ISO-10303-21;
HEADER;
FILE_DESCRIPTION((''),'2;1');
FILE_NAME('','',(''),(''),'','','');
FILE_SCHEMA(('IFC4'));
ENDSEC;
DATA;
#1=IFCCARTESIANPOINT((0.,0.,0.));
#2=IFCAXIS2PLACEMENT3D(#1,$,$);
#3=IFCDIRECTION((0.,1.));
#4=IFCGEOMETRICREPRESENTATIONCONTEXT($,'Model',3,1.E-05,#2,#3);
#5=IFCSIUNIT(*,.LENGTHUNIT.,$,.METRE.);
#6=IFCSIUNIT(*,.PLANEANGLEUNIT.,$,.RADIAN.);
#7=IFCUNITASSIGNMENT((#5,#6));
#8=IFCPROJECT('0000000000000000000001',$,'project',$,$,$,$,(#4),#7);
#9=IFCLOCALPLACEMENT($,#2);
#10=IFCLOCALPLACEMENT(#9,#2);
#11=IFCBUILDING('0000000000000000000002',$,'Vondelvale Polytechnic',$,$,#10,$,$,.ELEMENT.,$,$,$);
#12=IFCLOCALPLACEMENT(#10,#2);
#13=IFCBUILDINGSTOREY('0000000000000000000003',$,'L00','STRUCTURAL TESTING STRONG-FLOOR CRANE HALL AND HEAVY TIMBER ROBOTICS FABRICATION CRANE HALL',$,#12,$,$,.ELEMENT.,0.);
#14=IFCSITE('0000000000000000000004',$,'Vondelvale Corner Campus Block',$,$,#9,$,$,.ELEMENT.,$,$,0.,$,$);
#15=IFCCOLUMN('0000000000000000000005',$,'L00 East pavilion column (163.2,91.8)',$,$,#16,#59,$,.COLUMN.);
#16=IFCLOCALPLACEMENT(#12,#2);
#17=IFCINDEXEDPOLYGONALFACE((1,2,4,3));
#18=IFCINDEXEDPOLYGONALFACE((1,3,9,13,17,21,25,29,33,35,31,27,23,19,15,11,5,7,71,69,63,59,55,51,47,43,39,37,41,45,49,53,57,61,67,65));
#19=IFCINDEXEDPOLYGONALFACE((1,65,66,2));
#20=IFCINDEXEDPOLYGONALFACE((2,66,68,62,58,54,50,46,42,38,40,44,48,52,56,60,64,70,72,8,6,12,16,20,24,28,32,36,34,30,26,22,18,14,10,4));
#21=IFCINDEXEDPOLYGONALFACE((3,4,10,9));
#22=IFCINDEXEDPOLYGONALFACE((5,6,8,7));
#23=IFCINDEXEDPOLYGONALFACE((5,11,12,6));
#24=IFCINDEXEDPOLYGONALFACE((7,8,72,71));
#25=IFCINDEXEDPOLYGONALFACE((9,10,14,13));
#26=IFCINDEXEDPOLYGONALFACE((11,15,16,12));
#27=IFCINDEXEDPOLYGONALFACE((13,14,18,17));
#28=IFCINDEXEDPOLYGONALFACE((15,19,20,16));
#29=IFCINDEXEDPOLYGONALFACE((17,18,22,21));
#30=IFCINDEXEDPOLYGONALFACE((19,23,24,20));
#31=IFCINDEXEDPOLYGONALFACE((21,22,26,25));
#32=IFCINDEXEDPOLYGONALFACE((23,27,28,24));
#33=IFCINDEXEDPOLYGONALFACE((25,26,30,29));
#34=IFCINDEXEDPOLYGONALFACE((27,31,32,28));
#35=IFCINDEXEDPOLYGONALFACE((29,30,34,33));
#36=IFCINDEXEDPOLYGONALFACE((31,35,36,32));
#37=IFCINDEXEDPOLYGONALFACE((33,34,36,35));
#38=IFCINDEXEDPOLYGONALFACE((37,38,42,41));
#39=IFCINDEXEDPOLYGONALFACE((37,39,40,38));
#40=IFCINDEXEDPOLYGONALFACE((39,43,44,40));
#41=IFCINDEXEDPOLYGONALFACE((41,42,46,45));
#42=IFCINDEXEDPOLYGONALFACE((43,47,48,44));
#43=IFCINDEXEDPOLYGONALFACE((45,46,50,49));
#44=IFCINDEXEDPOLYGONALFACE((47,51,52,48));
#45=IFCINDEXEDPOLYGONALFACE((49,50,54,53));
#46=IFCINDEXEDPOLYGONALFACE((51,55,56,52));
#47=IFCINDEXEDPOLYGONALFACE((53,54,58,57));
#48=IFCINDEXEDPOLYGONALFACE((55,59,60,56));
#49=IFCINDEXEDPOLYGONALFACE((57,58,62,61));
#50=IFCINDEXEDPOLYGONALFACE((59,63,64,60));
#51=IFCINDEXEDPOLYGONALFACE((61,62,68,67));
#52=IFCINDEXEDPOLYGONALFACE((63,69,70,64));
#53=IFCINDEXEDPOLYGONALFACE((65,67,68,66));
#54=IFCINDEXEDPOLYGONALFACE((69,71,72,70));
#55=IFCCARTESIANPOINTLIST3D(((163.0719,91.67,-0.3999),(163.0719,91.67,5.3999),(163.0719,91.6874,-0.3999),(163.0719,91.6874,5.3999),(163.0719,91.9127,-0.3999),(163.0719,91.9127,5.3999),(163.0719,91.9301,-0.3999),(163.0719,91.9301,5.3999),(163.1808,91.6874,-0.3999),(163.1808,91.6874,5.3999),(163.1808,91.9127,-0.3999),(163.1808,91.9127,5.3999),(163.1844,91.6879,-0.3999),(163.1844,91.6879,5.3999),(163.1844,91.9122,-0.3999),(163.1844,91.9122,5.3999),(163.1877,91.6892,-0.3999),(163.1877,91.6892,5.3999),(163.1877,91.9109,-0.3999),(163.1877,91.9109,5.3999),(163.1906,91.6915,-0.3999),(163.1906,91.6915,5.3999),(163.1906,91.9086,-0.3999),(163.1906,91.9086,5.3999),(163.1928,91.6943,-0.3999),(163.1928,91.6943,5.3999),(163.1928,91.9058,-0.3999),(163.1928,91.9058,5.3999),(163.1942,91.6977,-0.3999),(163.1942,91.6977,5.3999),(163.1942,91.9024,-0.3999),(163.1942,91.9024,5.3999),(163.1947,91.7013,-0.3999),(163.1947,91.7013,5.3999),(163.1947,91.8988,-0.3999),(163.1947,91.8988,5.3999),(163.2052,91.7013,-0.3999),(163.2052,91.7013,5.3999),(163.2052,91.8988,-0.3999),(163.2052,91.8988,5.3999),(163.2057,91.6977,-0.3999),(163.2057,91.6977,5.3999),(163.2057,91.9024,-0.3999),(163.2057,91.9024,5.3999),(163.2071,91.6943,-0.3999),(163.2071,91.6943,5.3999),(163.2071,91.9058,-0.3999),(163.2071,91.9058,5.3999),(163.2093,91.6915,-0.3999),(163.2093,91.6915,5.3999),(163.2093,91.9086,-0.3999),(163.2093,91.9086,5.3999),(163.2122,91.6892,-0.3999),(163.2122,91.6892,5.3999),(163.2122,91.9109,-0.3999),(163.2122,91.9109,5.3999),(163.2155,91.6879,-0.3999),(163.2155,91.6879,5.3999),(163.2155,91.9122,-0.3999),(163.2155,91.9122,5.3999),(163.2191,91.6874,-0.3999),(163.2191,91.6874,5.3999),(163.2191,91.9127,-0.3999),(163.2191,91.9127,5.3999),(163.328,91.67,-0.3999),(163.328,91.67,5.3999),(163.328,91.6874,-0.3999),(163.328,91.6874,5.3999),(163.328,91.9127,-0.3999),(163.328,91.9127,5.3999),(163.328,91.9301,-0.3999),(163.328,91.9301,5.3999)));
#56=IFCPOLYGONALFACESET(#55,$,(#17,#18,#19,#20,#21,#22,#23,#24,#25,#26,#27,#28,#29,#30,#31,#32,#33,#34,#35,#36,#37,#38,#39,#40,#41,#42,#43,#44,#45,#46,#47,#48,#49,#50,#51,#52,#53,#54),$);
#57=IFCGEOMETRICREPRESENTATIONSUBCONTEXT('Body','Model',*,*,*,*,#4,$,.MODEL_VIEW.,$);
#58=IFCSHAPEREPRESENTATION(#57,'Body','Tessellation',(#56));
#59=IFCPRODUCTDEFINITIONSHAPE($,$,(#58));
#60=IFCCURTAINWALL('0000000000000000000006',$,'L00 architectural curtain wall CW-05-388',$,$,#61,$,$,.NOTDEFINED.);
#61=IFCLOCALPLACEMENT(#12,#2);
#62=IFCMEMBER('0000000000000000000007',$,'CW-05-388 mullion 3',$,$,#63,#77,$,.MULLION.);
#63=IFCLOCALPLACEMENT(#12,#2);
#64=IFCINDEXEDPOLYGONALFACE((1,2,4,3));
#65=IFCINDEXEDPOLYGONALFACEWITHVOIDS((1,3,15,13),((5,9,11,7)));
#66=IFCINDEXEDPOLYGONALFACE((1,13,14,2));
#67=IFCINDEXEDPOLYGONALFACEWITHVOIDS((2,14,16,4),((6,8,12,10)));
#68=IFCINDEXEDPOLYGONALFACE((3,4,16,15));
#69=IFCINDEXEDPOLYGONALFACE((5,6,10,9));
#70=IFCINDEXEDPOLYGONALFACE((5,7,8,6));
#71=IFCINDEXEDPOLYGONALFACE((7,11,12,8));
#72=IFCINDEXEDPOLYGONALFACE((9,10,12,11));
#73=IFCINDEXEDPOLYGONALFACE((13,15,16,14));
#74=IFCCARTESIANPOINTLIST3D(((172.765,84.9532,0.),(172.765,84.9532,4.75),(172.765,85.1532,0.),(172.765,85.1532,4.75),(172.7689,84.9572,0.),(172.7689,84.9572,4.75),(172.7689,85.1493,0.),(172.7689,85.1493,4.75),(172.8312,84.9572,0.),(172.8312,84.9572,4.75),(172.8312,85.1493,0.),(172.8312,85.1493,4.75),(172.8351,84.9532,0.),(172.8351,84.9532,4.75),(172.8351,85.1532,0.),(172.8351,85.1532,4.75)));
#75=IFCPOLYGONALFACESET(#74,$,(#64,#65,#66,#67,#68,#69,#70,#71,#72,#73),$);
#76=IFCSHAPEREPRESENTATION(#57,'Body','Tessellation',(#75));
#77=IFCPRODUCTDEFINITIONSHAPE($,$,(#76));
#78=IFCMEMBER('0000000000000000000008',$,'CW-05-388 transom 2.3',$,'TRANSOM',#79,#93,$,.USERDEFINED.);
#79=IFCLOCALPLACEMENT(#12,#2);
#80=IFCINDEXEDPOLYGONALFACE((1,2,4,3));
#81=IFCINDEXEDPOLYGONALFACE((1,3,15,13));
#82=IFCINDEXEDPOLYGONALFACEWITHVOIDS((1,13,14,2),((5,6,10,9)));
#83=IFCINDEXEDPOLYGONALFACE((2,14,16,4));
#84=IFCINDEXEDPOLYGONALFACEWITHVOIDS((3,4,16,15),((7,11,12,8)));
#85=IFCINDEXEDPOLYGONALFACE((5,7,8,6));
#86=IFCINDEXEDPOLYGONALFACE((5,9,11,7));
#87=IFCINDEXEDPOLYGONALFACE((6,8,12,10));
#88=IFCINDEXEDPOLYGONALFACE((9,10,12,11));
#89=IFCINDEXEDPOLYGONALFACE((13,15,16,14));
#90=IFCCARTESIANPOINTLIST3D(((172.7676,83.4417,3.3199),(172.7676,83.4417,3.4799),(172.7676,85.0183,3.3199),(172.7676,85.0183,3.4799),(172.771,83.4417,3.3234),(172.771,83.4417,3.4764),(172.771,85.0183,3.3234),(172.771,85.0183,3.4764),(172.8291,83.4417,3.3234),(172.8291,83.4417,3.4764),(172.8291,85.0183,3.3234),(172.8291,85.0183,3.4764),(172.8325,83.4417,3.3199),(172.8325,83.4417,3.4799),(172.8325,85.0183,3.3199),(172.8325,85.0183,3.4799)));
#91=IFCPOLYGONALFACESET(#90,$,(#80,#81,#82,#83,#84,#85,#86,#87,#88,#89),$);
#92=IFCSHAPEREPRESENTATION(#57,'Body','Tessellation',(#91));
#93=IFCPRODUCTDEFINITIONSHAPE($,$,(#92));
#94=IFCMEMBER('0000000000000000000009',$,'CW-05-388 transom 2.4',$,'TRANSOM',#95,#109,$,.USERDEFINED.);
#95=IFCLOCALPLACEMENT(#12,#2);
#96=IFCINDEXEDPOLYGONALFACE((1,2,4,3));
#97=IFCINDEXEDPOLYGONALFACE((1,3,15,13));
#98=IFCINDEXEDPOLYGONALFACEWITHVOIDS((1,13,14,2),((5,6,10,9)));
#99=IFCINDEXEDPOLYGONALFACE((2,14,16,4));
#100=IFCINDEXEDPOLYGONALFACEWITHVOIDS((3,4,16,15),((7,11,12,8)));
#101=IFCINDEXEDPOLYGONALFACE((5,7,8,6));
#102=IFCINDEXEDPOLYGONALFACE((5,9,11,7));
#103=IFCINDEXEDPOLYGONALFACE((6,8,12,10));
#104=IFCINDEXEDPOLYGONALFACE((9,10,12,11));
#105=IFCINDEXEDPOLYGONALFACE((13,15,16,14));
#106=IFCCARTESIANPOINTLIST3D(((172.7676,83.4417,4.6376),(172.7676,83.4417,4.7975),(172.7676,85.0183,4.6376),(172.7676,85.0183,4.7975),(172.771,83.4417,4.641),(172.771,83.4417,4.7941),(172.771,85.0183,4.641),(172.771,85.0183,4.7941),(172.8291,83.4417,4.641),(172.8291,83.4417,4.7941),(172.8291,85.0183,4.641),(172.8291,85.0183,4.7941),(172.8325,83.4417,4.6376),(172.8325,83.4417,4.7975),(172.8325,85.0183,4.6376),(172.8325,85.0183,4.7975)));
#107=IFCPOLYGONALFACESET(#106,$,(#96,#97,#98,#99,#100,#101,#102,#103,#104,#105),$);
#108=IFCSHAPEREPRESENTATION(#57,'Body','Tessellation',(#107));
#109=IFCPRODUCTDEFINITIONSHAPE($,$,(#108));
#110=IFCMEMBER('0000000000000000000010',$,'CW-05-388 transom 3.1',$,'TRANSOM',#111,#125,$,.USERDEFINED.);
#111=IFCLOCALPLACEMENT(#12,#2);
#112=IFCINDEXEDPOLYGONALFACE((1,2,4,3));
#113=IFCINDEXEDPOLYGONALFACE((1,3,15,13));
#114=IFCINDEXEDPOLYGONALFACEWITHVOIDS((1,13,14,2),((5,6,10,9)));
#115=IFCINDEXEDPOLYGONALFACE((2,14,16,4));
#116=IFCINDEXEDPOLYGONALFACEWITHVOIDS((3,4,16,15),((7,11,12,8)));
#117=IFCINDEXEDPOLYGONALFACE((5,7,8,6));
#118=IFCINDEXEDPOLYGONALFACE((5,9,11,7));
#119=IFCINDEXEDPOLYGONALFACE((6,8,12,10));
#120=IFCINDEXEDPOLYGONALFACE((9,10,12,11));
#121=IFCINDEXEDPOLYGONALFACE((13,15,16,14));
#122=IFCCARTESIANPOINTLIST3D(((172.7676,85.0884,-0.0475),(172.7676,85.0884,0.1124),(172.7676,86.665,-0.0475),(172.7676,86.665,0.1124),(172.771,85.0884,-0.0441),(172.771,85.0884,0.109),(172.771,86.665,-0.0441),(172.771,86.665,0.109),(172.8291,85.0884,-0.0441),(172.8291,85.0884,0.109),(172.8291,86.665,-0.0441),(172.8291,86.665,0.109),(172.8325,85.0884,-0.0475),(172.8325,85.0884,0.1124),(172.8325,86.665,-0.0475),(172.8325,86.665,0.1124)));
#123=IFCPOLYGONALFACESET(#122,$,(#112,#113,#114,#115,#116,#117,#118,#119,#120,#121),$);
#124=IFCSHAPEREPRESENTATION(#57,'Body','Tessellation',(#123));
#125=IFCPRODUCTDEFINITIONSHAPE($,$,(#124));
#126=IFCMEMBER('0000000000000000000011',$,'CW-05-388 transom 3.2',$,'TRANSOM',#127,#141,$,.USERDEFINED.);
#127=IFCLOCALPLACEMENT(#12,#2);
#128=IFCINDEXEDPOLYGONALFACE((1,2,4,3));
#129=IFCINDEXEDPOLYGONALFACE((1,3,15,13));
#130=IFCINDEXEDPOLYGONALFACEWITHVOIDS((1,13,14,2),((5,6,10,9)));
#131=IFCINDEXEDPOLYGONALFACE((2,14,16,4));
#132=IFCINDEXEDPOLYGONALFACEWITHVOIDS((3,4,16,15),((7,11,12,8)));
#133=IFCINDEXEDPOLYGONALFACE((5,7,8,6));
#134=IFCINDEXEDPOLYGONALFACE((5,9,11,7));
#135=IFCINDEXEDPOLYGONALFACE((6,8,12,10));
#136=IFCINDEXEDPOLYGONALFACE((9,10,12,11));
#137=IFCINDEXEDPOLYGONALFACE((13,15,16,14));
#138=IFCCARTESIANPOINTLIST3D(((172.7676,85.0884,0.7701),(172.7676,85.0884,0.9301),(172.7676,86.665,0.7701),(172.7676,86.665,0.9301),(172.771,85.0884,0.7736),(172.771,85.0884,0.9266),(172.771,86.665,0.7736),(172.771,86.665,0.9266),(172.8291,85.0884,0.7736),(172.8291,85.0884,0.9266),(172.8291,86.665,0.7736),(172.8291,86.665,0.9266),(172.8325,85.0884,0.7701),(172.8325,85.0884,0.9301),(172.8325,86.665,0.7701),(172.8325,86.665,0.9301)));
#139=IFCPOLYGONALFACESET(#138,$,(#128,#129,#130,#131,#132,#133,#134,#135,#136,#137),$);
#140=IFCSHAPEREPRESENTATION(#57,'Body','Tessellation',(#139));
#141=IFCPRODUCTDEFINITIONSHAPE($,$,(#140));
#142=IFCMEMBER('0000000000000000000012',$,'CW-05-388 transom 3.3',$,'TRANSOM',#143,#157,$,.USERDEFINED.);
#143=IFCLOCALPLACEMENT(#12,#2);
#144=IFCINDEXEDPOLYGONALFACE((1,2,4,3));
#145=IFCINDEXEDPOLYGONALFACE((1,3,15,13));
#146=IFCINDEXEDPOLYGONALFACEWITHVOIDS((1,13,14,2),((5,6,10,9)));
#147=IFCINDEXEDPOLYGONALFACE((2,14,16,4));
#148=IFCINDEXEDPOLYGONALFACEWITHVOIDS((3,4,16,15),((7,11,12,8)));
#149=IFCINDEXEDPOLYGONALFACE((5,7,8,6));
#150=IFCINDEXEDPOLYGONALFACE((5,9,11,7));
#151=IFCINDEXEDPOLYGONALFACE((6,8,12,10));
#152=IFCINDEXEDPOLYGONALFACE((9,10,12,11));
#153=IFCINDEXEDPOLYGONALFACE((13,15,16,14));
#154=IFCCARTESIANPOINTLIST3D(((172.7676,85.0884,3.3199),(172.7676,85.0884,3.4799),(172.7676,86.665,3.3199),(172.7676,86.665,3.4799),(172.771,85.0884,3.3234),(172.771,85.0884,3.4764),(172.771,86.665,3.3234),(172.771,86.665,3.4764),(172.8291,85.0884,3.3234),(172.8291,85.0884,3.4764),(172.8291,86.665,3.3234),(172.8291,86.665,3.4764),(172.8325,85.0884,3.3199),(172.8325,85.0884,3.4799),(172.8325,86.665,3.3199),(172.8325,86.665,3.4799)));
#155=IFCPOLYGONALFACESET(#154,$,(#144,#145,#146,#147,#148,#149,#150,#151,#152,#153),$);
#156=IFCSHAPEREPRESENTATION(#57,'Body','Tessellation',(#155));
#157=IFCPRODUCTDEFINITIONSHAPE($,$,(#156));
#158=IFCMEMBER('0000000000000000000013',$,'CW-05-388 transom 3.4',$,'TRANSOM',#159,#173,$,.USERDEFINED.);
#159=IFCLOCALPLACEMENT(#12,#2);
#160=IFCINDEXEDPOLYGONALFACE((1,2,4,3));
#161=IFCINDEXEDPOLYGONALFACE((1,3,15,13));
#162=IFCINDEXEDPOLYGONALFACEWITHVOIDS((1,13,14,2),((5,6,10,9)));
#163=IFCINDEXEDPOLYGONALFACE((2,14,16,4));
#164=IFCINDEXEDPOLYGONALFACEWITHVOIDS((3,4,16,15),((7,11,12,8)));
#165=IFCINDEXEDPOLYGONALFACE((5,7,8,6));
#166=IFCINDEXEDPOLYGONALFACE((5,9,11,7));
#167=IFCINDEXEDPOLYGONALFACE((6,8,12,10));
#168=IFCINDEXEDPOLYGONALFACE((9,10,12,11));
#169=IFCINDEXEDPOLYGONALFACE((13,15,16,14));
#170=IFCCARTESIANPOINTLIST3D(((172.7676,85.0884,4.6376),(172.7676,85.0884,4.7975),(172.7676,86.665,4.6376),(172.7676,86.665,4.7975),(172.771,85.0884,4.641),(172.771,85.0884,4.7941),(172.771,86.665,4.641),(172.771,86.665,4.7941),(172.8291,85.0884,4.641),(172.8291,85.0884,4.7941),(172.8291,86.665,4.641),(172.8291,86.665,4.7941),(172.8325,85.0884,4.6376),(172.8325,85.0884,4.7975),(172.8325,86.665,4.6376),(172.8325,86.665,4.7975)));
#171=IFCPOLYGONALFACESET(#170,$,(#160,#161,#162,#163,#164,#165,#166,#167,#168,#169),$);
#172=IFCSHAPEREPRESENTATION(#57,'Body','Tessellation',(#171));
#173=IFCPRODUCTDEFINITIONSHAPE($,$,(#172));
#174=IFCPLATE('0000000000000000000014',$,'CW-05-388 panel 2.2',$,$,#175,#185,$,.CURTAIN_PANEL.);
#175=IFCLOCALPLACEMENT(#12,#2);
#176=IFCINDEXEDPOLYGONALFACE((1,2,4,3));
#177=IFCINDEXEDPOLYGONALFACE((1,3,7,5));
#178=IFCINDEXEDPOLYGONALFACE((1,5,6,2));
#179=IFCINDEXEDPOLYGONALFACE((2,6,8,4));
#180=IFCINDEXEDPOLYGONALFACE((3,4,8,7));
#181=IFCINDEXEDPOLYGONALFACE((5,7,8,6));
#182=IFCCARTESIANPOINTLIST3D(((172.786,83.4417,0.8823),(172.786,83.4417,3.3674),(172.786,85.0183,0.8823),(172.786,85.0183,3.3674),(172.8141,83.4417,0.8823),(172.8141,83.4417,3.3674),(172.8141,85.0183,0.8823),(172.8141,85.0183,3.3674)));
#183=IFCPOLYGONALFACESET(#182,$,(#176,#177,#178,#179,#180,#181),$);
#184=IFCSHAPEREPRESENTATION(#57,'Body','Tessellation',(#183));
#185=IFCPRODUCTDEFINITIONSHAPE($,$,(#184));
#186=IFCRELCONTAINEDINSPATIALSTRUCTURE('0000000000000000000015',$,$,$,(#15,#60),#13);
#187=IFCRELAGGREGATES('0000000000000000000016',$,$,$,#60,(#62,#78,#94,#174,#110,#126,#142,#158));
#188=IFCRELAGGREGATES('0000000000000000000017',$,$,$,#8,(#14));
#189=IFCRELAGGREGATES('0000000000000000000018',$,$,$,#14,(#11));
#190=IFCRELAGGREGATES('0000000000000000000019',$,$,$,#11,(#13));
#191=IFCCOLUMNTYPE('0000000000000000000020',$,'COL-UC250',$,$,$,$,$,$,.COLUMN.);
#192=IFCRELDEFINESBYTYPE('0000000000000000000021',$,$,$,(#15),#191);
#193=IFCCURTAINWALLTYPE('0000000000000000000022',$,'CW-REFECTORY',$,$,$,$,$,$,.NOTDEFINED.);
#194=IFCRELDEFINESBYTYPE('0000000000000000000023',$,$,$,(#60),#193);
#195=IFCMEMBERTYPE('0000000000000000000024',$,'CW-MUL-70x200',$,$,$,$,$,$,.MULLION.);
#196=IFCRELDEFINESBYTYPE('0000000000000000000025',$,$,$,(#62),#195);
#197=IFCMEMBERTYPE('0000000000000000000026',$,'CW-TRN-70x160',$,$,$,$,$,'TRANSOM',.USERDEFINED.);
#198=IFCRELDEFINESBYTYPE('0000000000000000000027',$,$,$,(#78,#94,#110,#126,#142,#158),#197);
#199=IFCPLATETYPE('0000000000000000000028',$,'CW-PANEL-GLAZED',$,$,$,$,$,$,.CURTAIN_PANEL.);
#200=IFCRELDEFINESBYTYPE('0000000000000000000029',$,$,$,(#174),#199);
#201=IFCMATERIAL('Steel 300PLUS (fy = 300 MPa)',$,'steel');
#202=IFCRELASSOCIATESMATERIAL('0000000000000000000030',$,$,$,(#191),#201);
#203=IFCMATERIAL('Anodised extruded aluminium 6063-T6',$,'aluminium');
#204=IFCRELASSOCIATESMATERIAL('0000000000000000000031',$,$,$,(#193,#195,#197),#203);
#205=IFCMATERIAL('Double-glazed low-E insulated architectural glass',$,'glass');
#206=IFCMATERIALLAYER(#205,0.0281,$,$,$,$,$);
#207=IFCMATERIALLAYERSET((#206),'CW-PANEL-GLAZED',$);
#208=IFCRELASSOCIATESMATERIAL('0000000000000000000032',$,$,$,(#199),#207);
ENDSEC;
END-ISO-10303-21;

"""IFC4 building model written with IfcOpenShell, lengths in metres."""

from ifc_helpers import new_model, si_unit, direction, frame, origin, origin_2d, place, context, subcontext, project, spatial, rectangle, hollow_rectangle, i_section, extrude, material, layer, layer_set, material_profile, profile_set, type_object, element, aggregate, save


model = new_model("IFC4")

# Units and contexts
model_context = context("Model", 3, precision=1e-05, world=origin(), true_north=direction((0.0, 1.0)))
body_context = subcontext(model_context, "Body", "Model", "MODEL_VIEW")
ifc_project = project(units=[si_unit("LENGTHUNIT", "METRE"), si_unit("PLANEANGLEUNIT", "RADIAN")], contexts=[model_context])

# Site, building, storey
site_placement = place(None, origin())
site = spatial("IfcSite", under=ifc_project, at=site_placement, Name="Vondelvale Corner Campus Block", CompositionType="ELEMENT", RefElevation=0.0)
building_placement = place(site_placement, origin())
building = spatial("IfcBuilding", under=site, at=building_placement, Name="Vondelvale Polytechnic", CompositionType="ELEMENT")
storey_placement = place(building_placement, origin())
storey = spatial("IfcBuildingStorey", under=building, at=storey_placement, Name="L00", Description="STRUCTURAL TESTING STRONG-FLOOR CRANE HALL AND HEAVY TIMBER ROBOTICS FABRICATION CRANE HALL", CompositionType="ELEMENT", Elevation=0.0)

# Column
ifc_material_1 = material(Name="Steel 300PLUS (fy = 300 MPa)", Category="steel")
ifc_material_profile_1 = material_profile(ifc_material_1, i_section(OverallWidth=0.2561, OverallDepth=0.26, WebThickness=0.0105, FlangeThickness=0.0173, FilletRadius=0.0139, at=origin_2d()), Name="250UC89.5")
ifc_profile_set_1 = profile_set([ifc_material_profile_1], Name="Steel 300PLUS (fy = 300 MPa)")
column_type = type_object("IfcColumnType", Name="COL-UC250", PredefinedType="COLUMN", material=ifc_profile_set_1)
column_placement = place(storey_placement, frame((163.2, 91.8, -0.3999), z_axis=(0.0, 0.0, 1.0), x_axis=(1.0, 0.0, 0.0)))
element("IfcColumn", 1, at=column_placement, inside=storey, type_object=column_type, Name="L00 East pavilion column (163.2,91.8)", PredefinedType="COLUMN", context=body_context, shape_type="SweptSolid", body=[
    extrude(i_section(OverallWidth=0.2561, OverallDepth=0.26, WebThickness=0.0105, FlangeThickness=0.0173, FilletRadius=0.0139, at=origin_2d()), origin(), (0.0, 0.0, 1.0), 5.7998),
])

# Curtain wall, members, plate
ifc_material_2 = material(Name="Anodised extruded aluminium 6063-T6", Category="aluminium")
curtain_wall_type = type_object("IfcCurtainWallType", Name="CW-REFECTORY", PredefinedType="NOTDEFINED", material=ifc_material_2)
curtain_wall_placement = place(storey_placement, origin())
curtain_wall = element("IfcCurtainWall", 2, at=curtain_wall_placement, inside=storey, type_object=curtain_wall_type, Name="L00 architectural curtain wall CW-05-388", PredefinedType="NOTDEFINED")
ifc_material_profile_2 = material_profile(ifc_material_2, hollow_rectangle(XDim=0.0701, YDim=0.2, WallThickness=0.0039, at=origin_2d()), Name="CW-MUL-200x70")
ifc_profile_set_2 = profile_set([ifc_material_profile_2], Name="Anodised extruded aluminium 6063-T6")
member_type_1 = type_object("IfcMemberType", Name="CW-MUL-70x200", PredefinedType="MULLION", material=ifc_profile_set_2)
member_1_placement = place(storey_placement, frame((172.8, 85.0532, 0.0), z_axis=(0.0, 0.0, 1.0), x_axis=(-1.0, 0.0, 0.0)))
member_1 = element("IfcMember", 3, at=member_1_placement, type_object=member_type_1, Name="CW-05-388 mullion 3", PredefinedType="MULLION", context=body_context, shape_type="SweptSolid", body=[
    extrude(hollow_rectangle(XDim=0.0701, YDim=0.2, WallThickness=0.0039, at=origin_2d()), origin(), (0.0, 0.0, 1.0), 4.75),
])
ifc_material_profile_3 = material_profile(ifc_material_2, hollow_rectangle(XDim=0.0649, YDim=0.1599, WallThickness=0.0034, at=origin_2d()), Name="CW-TRN-160x65")
ifc_profile_set_3 = profile_set([ifc_material_profile_3], Name="Anodised extruded aluminium 6063-T6")
member_type_2 = type_object("IfcMemberType", Name="CW-TRN-70x160", ElementType="TRANSOM", PredefinedType="USERDEFINED", material=ifc_profile_set_3)
member_2_placement = place(storey_placement, frame((172.8, 83.4417, 3.3999), z_axis=(0.0, 1.0, 0.0), x_axis=(-1.0, 0.0, 0.0)))
member_2 = element("IfcMember", 4, at=member_2_placement, type_object=member_type_2, Name="CW-05-388 transom 2.3", ObjectType="TRANSOM", PredefinedType="USERDEFINED", context=body_context, shape_type="SweptSolid", body=[
    extrude(hollow_rectangle(XDim=0.0649, YDim=0.1599, WallThickness=0.0034, at=origin_2d()), origin(), (0.0, 0.0, 1.0), 1.5767),
])
member_3_placement = place(storey_placement, frame((172.8, 83.4417, 4.7175), z_axis=(0.0, 1.0, 0.0), x_axis=(-1.0, 0.0, 0.0)))
member_3 = element("IfcMember", 5, at=member_3_placement, type_object=member_type_2, Name="CW-05-388 transom 2.4", ObjectType="TRANSOM", PredefinedType="USERDEFINED", context=body_context, shape_type="SweptSolid", body=[
    extrude(hollow_rectangle(XDim=0.0649, YDim=0.1599, WallThickness=0.0034, at=origin_2d()), origin(), (0.0, 0.0, 1.0), 1.5767),
])
member_4_placement = place(storey_placement, frame((172.8, 85.0884, 0.0325), z_axis=(0.0, 1.0, 0.0), x_axis=(-1.0, 0.0, 0.0)))
member_4 = element("IfcMember", 6, at=member_4_placement, type_object=member_type_2, Name="CW-05-388 transom 3.1", ObjectType="TRANSOM", PredefinedType="USERDEFINED", context=body_context, shape_type="SweptSolid", body=[
    extrude(hollow_rectangle(XDim=0.0649, YDim=0.1599, WallThickness=0.0034, at=origin_2d()), origin(), (0.0, 0.0, 1.0), 1.5767),
])
member_5_placement = place(storey_placement, frame((172.8, 85.0884, 0.8501), z_axis=(0.0, 1.0, 0.0), x_axis=(-1.0, 0.0, 0.0)))
member_5 = element("IfcMember", 7, at=member_5_placement, type_object=member_type_2, Name="CW-05-388 transom 3.2", ObjectType="TRANSOM", PredefinedType="USERDEFINED", context=body_context, shape_type="SweptSolid", body=[
    extrude(hollow_rectangle(XDim=0.0649, YDim=0.1599, WallThickness=0.0034, at=origin_2d()), origin(), (0.0, 0.0, 1.0), 1.5767),
])
member_6_placement = place(storey_placement, frame((172.8, 85.0884, 3.3999), z_axis=(0.0, 1.0, 0.0), x_axis=(-1.0, 0.0, 0.0)))
member_6 = element("IfcMember", 8, at=member_6_placement, type_object=member_type_2, Name="CW-05-388 transom 3.3", ObjectType="TRANSOM", PredefinedType="USERDEFINED", context=body_context, shape_type="SweptSolid", body=[
    extrude(hollow_rectangle(XDim=0.0649, YDim=0.1599, WallThickness=0.0034, at=origin_2d()), origin(), (0.0, 0.0, 1.0), 1.5767),
])
member_7_placement = place(storey_placement, frame((172.8, 85.0884, 4.7175), z_axis=(0.0, 1.0, 0.0), x_axis=(-1.0, 0.0, 0.0)))
member_7 = element("IfcMember", 9, at=member_7_placement, type_object=member_type_2, Name="CW-05-388 transom 3.4", ObjectType="TRANSOM", PredefinedType="USERDEFINED", context=body_context, shape_type="SweptSolid", body=[
    extrude(hollow_rectangle(XDim=0.0649, YDim=0.1599, WallThickness=0.0034, at=origin_2d()), origin(), (0.0, 0.0, 1.0), 1.5767),
])
ifc_material_3 = material(Name="Double-glazed low-E insulated architectural glass", Category="glass")
ifc_layer_1 = layer(ifc_material_3, 0.0281)
ifc_layer_set_1 = layer_set([ifc_layer_1], Name="CW-PANEL-GLAZED")
plate_type_1 = type_object("IfcPlateType", Name="CW-PANEL-GLAZED", PredefinedType="CURTAIN_PANEL", material=ifc_layer_set_1)
plate_1_placement = place(storey_placement, frame((172.8, 84.23, 0.8823), z_axis=(0.0, 0.0, 1.0), x_axis=(0.0, 1.0, 0.0)))
plate_1 = element("IfcPlate", 10, at=plate_1_placement, type_object=plate_type_1, Name="CW-05-388 panel 2.2", PredefinedType="CURTAIN_PANEL", context=body_context, shape_type="SweptSolid", body=[
    extrude(rectangle(XDim=1.5767, YDim=0.0281, at=origin_2d()), origin(), (0.0, 0.0, 1.0), 2.4851),
])
aggregate(curtain_wall, [member_1, member_2, member_3, plate_1, member_4, member_5, member_6, member_7])

save(model, "model.ifc")
